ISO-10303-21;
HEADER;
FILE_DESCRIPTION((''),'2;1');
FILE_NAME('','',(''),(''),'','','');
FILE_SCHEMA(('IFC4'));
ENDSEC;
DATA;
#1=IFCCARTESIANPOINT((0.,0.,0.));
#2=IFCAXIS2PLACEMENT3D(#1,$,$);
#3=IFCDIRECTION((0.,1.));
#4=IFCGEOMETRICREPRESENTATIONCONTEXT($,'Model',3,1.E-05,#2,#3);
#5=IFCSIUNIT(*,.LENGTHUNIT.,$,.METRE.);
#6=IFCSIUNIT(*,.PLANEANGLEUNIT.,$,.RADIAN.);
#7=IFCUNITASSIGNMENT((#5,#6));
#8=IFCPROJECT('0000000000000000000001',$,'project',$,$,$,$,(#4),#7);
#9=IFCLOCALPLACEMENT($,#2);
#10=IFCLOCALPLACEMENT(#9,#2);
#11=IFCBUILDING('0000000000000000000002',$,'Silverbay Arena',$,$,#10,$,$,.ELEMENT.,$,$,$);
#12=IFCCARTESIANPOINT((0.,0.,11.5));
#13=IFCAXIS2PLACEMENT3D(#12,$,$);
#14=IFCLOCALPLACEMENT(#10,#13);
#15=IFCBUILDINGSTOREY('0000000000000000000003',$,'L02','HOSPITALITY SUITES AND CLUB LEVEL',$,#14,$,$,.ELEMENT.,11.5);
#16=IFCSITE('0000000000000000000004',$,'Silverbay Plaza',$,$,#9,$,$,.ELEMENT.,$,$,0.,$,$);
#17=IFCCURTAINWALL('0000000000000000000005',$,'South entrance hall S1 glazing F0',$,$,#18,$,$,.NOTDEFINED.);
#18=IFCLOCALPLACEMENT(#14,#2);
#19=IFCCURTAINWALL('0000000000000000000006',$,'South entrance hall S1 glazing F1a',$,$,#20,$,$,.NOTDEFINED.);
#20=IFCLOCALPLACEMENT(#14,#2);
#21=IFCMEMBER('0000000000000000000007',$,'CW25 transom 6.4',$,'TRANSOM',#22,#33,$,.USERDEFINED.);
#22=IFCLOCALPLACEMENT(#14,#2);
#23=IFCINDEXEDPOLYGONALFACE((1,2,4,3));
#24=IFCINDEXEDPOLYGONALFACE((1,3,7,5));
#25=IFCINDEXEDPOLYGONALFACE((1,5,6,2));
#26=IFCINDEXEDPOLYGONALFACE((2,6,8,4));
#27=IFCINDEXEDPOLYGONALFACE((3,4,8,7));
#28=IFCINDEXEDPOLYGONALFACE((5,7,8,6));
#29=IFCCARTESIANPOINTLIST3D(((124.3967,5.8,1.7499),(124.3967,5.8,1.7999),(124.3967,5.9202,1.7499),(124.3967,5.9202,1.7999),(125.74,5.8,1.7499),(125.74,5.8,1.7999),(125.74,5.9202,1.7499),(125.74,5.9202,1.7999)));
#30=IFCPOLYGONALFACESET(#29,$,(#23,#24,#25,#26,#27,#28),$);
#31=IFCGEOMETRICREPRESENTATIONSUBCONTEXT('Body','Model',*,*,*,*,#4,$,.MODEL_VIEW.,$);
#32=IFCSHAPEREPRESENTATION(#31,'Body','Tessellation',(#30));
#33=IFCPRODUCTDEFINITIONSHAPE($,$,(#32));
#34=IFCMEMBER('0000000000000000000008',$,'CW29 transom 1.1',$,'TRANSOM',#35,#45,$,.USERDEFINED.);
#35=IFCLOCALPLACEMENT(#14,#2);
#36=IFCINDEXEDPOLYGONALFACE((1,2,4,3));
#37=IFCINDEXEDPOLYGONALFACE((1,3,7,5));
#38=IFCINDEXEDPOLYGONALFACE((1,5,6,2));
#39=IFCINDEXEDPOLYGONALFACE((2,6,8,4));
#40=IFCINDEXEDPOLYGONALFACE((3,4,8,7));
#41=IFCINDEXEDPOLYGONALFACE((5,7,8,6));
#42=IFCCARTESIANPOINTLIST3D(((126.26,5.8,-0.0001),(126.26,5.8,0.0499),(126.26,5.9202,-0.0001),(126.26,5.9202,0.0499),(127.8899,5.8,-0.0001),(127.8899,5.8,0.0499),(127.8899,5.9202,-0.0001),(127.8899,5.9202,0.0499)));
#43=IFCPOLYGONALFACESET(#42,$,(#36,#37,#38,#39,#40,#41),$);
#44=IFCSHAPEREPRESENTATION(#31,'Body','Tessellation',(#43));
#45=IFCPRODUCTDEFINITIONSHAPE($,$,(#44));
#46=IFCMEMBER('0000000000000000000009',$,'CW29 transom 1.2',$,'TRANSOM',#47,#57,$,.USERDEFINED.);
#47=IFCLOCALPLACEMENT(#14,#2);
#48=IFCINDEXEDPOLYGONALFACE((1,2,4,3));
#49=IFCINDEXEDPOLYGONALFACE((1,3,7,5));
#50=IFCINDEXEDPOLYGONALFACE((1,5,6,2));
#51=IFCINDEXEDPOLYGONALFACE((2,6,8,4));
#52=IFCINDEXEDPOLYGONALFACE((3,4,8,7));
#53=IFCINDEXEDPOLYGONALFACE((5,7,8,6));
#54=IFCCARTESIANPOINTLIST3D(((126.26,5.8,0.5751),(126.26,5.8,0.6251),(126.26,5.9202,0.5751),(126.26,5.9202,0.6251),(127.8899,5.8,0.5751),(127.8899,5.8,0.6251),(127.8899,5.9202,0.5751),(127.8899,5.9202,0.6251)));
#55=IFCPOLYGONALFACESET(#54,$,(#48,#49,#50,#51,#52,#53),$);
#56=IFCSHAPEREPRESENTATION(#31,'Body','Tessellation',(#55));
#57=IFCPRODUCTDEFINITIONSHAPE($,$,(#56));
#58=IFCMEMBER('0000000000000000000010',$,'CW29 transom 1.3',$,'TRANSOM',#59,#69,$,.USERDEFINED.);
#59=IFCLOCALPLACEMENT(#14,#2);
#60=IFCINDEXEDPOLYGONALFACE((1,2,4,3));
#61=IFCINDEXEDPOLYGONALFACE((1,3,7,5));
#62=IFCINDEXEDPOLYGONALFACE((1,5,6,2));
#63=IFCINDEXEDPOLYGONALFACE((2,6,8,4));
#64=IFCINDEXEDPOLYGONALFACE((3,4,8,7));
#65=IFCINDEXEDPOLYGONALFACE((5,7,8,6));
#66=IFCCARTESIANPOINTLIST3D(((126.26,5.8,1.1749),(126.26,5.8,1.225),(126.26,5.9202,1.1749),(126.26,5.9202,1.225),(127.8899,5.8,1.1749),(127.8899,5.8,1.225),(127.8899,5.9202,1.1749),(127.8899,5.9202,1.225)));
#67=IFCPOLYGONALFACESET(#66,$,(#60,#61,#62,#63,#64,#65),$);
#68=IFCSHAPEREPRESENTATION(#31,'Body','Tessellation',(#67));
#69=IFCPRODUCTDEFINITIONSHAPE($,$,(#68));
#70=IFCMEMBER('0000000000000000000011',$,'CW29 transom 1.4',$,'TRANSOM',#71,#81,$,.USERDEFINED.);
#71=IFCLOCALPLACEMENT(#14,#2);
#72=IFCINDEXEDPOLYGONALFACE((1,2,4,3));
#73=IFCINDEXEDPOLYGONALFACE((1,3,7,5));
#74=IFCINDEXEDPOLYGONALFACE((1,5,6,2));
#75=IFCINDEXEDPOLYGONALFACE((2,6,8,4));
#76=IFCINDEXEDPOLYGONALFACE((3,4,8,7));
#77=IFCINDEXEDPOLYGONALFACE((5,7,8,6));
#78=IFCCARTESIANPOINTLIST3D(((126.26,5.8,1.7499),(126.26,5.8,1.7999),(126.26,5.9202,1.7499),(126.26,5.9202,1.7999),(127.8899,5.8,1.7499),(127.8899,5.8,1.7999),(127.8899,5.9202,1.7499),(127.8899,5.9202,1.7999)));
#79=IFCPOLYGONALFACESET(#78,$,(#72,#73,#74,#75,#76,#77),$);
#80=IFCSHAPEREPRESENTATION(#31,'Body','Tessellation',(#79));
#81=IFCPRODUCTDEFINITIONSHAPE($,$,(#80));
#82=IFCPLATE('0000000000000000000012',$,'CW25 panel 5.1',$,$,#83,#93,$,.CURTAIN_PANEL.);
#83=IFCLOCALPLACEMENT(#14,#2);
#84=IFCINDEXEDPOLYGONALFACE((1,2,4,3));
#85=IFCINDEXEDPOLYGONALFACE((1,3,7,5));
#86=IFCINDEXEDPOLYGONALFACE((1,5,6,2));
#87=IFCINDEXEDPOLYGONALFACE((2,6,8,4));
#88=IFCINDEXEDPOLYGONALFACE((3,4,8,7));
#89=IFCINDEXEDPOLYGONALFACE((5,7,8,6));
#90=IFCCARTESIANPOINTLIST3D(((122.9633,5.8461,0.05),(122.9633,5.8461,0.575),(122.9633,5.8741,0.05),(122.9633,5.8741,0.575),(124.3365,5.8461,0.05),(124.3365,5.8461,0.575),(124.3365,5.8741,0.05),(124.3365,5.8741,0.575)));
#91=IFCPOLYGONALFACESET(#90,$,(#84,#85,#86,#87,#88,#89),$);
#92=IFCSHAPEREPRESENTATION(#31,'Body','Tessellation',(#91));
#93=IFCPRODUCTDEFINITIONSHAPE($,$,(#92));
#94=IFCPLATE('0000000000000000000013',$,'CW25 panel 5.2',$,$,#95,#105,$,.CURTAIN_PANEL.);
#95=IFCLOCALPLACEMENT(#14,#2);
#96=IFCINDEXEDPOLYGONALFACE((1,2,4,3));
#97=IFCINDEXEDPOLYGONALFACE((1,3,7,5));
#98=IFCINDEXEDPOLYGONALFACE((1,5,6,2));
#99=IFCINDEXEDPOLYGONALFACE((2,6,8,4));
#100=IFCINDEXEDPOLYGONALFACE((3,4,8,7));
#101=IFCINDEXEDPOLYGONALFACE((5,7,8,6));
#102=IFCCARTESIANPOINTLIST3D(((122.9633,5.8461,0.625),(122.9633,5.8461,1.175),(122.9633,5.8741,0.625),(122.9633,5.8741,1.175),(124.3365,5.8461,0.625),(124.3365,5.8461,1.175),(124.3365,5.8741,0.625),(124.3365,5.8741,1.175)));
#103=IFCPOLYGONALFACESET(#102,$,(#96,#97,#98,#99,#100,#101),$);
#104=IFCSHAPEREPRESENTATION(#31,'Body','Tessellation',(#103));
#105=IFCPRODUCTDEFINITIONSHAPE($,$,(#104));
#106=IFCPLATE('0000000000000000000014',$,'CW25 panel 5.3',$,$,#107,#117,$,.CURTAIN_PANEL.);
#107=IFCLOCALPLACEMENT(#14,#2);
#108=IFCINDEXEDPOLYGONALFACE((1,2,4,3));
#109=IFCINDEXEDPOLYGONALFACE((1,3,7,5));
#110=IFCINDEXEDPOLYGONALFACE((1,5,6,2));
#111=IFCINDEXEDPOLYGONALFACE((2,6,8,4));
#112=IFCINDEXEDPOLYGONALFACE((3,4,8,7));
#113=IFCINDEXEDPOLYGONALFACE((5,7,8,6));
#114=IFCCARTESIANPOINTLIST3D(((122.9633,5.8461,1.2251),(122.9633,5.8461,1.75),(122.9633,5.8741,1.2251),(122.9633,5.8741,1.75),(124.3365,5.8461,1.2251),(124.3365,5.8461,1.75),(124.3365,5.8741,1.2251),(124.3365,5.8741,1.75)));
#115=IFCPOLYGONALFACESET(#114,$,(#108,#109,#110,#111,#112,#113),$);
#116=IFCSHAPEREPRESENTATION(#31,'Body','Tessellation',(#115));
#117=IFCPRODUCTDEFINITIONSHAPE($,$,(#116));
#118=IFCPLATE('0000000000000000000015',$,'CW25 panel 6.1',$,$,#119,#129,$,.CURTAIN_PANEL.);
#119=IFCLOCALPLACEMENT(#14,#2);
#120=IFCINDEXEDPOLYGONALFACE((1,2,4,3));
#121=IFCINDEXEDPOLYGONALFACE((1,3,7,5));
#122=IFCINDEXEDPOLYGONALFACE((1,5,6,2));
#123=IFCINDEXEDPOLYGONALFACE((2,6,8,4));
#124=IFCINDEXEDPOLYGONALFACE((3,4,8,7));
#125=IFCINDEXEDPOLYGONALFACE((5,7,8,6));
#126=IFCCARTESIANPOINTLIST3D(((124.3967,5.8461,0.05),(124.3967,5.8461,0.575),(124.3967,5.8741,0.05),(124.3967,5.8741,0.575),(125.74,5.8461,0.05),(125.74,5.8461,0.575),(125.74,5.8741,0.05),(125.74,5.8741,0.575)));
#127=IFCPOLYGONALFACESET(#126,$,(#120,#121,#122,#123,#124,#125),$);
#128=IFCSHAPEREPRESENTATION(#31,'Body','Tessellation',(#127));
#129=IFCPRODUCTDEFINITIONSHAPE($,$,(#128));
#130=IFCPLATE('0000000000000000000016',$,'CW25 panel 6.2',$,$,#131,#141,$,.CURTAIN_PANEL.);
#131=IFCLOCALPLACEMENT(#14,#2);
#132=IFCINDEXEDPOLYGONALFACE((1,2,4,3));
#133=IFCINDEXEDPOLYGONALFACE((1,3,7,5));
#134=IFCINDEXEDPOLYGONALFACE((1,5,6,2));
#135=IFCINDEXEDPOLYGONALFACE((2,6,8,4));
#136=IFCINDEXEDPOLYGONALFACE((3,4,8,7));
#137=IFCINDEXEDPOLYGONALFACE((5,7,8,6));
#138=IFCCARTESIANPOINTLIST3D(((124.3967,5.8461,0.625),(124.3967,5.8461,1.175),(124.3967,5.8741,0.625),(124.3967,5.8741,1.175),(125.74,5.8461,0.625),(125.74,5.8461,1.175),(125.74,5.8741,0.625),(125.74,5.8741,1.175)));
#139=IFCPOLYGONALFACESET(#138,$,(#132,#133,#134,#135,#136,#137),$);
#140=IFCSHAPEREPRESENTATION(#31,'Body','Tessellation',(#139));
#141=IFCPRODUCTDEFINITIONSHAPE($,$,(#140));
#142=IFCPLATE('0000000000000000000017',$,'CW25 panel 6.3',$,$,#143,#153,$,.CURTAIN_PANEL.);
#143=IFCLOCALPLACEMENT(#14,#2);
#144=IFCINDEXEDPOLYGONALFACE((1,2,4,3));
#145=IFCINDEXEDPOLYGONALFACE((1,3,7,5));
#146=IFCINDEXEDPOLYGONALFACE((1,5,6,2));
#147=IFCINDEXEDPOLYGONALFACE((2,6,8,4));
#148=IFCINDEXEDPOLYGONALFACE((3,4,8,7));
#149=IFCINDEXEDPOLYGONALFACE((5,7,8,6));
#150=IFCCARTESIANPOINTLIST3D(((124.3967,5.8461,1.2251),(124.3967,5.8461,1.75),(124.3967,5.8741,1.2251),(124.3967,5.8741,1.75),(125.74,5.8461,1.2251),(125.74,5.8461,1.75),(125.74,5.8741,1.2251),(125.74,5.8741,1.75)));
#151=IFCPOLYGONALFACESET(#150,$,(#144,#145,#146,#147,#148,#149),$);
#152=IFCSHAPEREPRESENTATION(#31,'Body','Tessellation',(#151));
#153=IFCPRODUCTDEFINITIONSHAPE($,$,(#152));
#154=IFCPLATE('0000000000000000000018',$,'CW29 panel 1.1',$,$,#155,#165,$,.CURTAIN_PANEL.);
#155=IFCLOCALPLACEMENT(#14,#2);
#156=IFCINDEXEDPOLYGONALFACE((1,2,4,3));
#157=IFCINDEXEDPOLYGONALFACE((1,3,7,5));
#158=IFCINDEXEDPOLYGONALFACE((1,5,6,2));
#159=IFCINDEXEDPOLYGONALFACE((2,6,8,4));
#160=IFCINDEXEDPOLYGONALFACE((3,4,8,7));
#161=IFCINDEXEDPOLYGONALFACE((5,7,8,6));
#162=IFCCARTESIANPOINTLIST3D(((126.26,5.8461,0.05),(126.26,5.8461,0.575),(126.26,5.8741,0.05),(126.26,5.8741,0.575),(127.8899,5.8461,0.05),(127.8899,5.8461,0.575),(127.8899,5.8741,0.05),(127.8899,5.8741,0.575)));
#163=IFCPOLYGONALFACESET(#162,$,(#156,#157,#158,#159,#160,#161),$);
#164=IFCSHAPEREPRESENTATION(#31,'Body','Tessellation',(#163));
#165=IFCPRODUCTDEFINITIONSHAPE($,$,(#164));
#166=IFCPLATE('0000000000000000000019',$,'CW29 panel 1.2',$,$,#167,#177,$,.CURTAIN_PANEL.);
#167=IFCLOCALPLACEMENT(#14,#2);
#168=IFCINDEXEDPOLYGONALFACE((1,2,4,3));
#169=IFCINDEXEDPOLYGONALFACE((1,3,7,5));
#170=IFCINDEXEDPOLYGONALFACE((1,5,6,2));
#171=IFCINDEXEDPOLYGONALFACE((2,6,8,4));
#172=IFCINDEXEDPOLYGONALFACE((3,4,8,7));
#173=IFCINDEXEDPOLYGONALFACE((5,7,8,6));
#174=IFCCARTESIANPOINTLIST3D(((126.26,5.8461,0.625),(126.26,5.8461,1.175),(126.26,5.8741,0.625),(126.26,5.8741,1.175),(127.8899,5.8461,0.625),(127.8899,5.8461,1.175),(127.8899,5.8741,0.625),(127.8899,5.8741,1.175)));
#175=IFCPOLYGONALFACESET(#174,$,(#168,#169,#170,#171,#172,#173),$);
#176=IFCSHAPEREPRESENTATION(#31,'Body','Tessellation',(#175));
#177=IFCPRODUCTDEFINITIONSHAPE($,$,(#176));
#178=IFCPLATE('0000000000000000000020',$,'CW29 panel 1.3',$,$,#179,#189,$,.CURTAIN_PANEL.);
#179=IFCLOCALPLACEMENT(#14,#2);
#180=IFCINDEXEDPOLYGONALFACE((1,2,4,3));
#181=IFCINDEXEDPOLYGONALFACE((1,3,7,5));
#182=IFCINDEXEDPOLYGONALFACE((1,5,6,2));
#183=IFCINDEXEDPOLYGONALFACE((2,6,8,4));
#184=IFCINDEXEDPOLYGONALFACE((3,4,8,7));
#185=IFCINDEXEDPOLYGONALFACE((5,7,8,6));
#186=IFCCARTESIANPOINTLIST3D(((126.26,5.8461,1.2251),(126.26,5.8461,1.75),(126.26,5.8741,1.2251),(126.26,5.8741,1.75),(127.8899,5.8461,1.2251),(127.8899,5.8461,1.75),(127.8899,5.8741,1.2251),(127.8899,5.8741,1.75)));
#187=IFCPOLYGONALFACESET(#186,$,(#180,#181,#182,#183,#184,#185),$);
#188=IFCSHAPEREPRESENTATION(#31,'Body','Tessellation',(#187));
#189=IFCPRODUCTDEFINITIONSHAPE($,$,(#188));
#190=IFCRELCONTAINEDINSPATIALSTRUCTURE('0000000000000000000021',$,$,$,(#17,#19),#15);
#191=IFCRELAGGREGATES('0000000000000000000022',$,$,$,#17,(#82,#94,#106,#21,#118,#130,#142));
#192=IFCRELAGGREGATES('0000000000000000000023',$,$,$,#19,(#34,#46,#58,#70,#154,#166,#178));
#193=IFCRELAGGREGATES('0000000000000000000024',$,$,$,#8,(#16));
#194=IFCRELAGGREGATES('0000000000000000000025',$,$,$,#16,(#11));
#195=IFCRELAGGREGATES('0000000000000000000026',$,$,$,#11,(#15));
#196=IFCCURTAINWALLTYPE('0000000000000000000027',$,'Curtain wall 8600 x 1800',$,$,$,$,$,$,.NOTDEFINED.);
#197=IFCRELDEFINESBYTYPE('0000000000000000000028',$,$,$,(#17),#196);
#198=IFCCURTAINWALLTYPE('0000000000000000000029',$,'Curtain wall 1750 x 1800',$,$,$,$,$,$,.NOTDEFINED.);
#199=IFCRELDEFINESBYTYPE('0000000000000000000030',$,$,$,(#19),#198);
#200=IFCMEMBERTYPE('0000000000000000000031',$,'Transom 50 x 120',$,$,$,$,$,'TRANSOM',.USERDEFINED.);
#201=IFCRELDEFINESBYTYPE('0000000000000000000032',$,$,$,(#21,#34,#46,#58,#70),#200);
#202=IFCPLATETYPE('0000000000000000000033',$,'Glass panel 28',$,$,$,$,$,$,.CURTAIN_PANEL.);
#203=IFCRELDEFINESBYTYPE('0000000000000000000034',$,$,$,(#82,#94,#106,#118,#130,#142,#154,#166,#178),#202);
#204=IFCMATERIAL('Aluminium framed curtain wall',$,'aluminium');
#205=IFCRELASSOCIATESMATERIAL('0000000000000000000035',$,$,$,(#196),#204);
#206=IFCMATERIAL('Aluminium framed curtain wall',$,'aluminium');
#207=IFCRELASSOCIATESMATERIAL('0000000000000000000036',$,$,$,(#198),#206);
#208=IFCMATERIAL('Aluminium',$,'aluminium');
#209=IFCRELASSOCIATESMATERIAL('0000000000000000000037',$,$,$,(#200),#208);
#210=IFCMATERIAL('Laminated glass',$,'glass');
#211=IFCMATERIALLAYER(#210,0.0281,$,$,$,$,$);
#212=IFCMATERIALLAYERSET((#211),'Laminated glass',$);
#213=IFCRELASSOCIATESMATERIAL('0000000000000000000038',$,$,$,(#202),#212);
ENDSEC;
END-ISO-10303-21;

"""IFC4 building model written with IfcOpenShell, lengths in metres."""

from ifc_helpers import new_model, si_unit, direction, frame, origin, origin_2d, place, context, subcontext, project, spatial, rectangle, extrude, material, layer, layer_set, material_profile, profile_set, type_object, element, aggregate, save


model = new_model("IFC4")

# Units and contexts
model_context = context("Model", 3, precision=1e-05, world=origin(), true_north=direction((0.0, 1.0)))
body_context = subcontext(model_context, "Body", "Model", "MODEL_VIEW")
ifc_project = project(units=[si_unit("LENGTHUNIT", "METRE"), si_unit("PLANEANGLEUNIT", "RADIAN")], contexts=[model_context])

# Site, building, storey
site_placement = place(None, origin())
site = spatial("IfcSite", under=ifc_project, at=site_placement, Name="Silverbay Plaza", CompositionType="ELEMENT", RefElevation=0.0)
building_placement = place(site_placement, origin())
building = spatial("IfcBuilding", under=site, at=building_placement, Name="Silverbay Arena", CompositionType="ELEMENT")
storey_placement = place(building_placement, frame((0.0, 0.0, 11.5)))
storey = spatial("IfcBuildingStorey", under=building, at=storey_placement, Name="L02", Description="HOSPITALITY SUITES AND CLUB LEVEL", CompositionType="ELEMENT", Elevation=11.5)

# Curtain walls
ifc_material_1 = material(Name="Aluminium framed curtain wall", Category="aluminium")
curtain_wall_type_1 = type_object("IfcCurtainWallType", Name="Curtain wall 8600 x 1800", PredefinedType="NOTDEFINED", material=ifc_material_1)
curtain_wall_1_placement = place(storey_placement, origin())
curtain_wall_1 = element("IfcCurtainWall", 1, at=curtain_wall_1_placement, inside=storey, type_object=curtain_wall_type_1, Name="South entrance hall S1 glazing F0", PredefinedType="NOTDEFINED")
ifc_material_2 = material(Name="Aluminium framed curtain wall", Category="aluminium")
curtain_wall_type_2 = type_object("IfcCurtainWallType", Name="Curtain wall 1750 x 1800", PredefinedType="NOTDEFINED", material=ifc_material_2)
curtain_wall_2_placement = place(storey_placement, origin())
curtain_wall_2 = element("IfcCurtainWall", 2, at=curtain_wall_2_placement, inside=storey, type_object=curtain_wall_type_2, Name="South entrance hall S1 glazing F1a", PredefinedType="NOTDEFINED")

# Members
ifc_material_3 = material(Name="Aluminium", Category="aluminium")
ifc_material_profile_1 = material_profile(ifc_material_3, rectangle(XDim=0.1201, YDim=0.05, at=origin_2d()), Name="Transom 50 x 120")
ifc_profile_set_1 = profile_set([ifc_material_profile_1], Name="Aluminium")
member_type_1 = type_object("IfcMemberType", Name="Transom 50 x 120", ElementType="TRANSOM", PredefinedType="USERDEFINED", material=ifc_profile_set_1)
member_1_placement = place(storey_placement, frame((124.3967, 5.8601, 1.7749), z_axis=(1.0, 0.0, 0.0), x_axis=(0.0, 1.0, 0.0)))
member_1 = element("IfcMember", 3, at=member_1_placement, type_object=member_type_1, Name="CW25 transom 6.4", ObjectType="TRANSOM", PredefinedType="USERDEFINED", context=body_context, shape_type="SweptSolid", body=[
    extrude(rectangle(XDim=0.1201, YDim=0.05, at=origin_2d()), origin(), (0.0, 0.0, 1.0), 1.3433),
])
member_2_placement = place(storey_placement, frame((126.26, 5.8601, 0.0249), z_axis=(1.0, 0.0, 0.0), x_axis=(0.0, 1.0, 0.0)))
member_2 = element("IfcMember", 4, at=member_2_placement, type_object=member_type_1, Name="CW29 transom 1.1", ObjectType="TRANSOM", PredefinedType="USERDEFINED", context=body_context, shape_type="SweptSolid", body=[
    extrude(rectangle(XDim=0.1201, YDim=0.05, at=origin_2d()), origin(), (0.0, 0.0, 1.0), 1.6299),
])
member_3_placement = place(storey_placement, frame((126.26, 5.8601, 0.6001), z_axis=(1.0, 0.0, 0.0), x_axis=(0.0, 1.0, 0.0)))
member_3 = element("IfcMember", 5, at=member_3_placement, type_object=member_type_1, Name="CW29 transom 1.2", ObjectType="TRANSOM", PredefinedType="USERDEFINED", context=body_context, shape_type="SweptSolid", body=[
    extrude(rectangle(XDim=0.1201, YDim=0.05, at=origin_2d()), origin(), (0.0, 0.0, 1.0), 1.6299),
])
member_4_placement = place(storey_placement, frame((126.26, 5.8601, 1.2), z_axis=(1.0, 0.0, 0.0), x_axis=(0.0, 1.0, 0.0)))
member_4 = element("IfcMember", 6, at=member_4_placement, type_object=member_type_1, Name="CW29 transom 1.3", ObjectType="TRANSOM", PredefinedType="USERDEFINED", context=body_context, shape_type="SweptSolid", body=[
    extrude(rectangle(XDim=0.1201, YDim=0.05, at=origin_2d()), origin(), (0.0, 0.0, 1.0), 1.6299),
])
member_5_placement = place(storey_placement, frame((126.26, 5.8601, 1.7749), z_axis=(1.0, 0.0, 0.0), x_axis=(0.0, 1.0, 0.0)))
member_5 = element("IfcMember", 7, at=member_5_placement, type_object=member_type_1, Name="CW29 transom 1.4", ObjectType="TRANSOM", PredefinedType="USERDEFINED", context=body_context, shape_type="SweptSolid", body=[
    extrude(rectangle(XDim=0.1201, YDim=0.05, at=origin_2d()), origin(), (0.0, 0.0, 1.0), 1.6299),
])

# Plates
ifc_material_4 = material(Name="Laminated glass", Category="glass")
ifc_layer = layer(ifc_material_4, 0.0281)
ifc_layer_set = layer_set([ifc_layer], Name="Laminated glass")
plate_type = type_object("IfcPlateType", Name="Glass panel 28", PredefinedType="CURTAIN_PANEL", material=ifc_layer_set)
plate_1_placement = place(storey_placement, frame((123.6499, 5.8601, 0.05), z_axis=(0.0, 0.0, 1.0), x_axis=(1.0, 0.0, 0.0)))
plate_1 = element("IfcPlate", 8, at=plate_1_placement, type_object=plate_type, Name="CW25 panel 5.1", PredefinedType="CURTAIN_PANEL", context=body_context, shape_type="SweptSolid", body=[
    extrude(rectangle(XDim=1.3733, YDim=0.0281, at=origin_2d()), origin(), (0.0, 0.0, 1.0), 0.5249),
])
plate_2_placement = place(storey_placement, frame((123.6499, 5.8601, 0.625), z_axis=(0.0, 0.0, 1.0), x_axis=(1.0, 0.0, 0.0)))
plate_2 = element("IfcPlate", 9, at=plate_2_placement, type_object=plate_type, Name="CW25 panel 5.2", PredefinedType="CURTAIN_PANEL", context=body_context, shape_type="SweptSolid", body=[
    extrude(rectangle(XDim=1.3733, YDim=0.0281, at=origin_2d()), origin(), (0.0, 0.0, 1.0), 0.55),
])
plate_3_placement = place(storey_placement, frame((123.6499, 5.8601, 1.2251), z_axis=(0.0, 0.0, 1.0), x_axis=(1.0, 0.0, 0.0)))
plate_3 = element("IfcPlate", 10, at=plate_3_placement, type_object=plate_type, Name="CW25 panel 5.3", PredefinedType="CURTAIN_PANEL", context=body_context, shape_type="SweptSolid", body=[
    extrude(rectangle(XDim=1.3733, YDim=0.0281, at=origin_2d()), origin(), (0.0, 0.0, 1.0), 0.5249),
])
plate_4_placement = place(storey_placement, frame((125.0684, 5.8601, 0.05), z_axis=(0.0, 0.0, 1.0), x_axis=(1.0, 0.0, 0.0)))
plate_4 = element("IfcPlate", 11, at=plate_4_placement, type_object=plate_type, Name="CW25 panel 6.1", PredefinedType="CURTAIN_PANEL", context=body_context, shape_type="SweptSolid", body=[
    extrude(rectangle(XDim=1.3433, YDim=0.0281, at=origin_2d()), origin(), (0.0, 0.0, 1.0), 0.5249),
])
plate_5_placement = place(storey_placement, frame((125.0684, 5.8601, 0.625), z_axis=(0.0, 0.0, 1.0), x_axis=(1.0, 0.0, 0.0)))
plate_5 = element("IfcPlate", 12, at=plate_5_placement, type_object=plate_type, Name="CW25 panel 6.2", PredefinedType="CURTAIN_PANEL", context=body_context, shape_type="SweptSolid", body=[
    extrude(rectangle(XDim=1.3433, YDim=0.0281, at=origin_2d()), origin(), (0.0, 0.0, 1.0), 0.55),
])
plate_6_placement = place(storey_placement, frame((125.0684, 5.8601, 1.2251), z_axis=(0.0, 0.0, 1.0), x_axis=(1.0, 0.0, 0.0)))
plate_6 = element("IfcPlate", 13, at=plate_6_placement, type_object=plate_type, Name="CW25 panel 6.3", PredefinedType="CURTAIN_PANEL", context=body_context, shape_type="SweptSolid", body=[
    extrude(rectangle(XDim=1.3433, YDim=0.0281, at=origin_2d()), origin(), (0.0, 0.0, 1.0), 0.5249),
])
aggregate(curtain_wall_1, [plate_1, plate_2, plate_3, member_1, plate_4, plate_5, plate_6])
plate_7_placement = place(storey_placement, frame((127.075, 5.8601, 0.05), z_axis=(0.0, 0.0, 1.0), x_axis=(1.0, 0.0, 0.0)))
plate_7 = element("IfcPlate", 14, at=plate_7_placement, type_object=plate_type, Name="CW29 panel 1.1", PredefinedType="CURTAIN_PANEL", context=body_context, shape_type="SweptSolid", body=[
    extrude(rectangle(XDim=1.6299, YDim=0.0281, at=origin_2d()), origin(), (0.0, 0.0, 1.0), 0.5249),
])
plate_8_placement = place(storey_placement, frame((127.075, 5.8601, 0.625), z_axis=(0.0, 0.0, 1.0), x_axis=(1.0, 0.0, 0.0)))
plate_8 = element("IfcPlate", 15, at=plate_8_placement, type_object=plate_type, Name="CW29 panel 1.2", PredefinedType="CURTAIN_PANEL", context=body_context, shape_type="SweptSolid", body=[
    extrude(rectangle(XDim=1.6299, YDim=0.0281, at=origin_2d()), origin(), (0.0, 0.0, 1.0), 0.55),
])
plate_9_placement = place(storey_placement, frame((127.075, 5.8601, 1.2251), z_axis=(0.0, 0.0, 1.0), x_axis=(1.0, 0.0, 0.0)))
plate_9 = element("IfcPlate", 16, at=plate_9_placement, type_object=plate_type, Name="CW29 panel 1.3", PredefinedType="CURTAIN_PANEL", context=body_context, shape_type="SweptSolid", body=[
    extrude(rectangle(XDim=1.6299, YDim=0.0281, at=origin_2d()), origin(), (0.0, 0.0, 1.0), 0.5249),
])
aggregate(curtain_wall_2, [member_2, member_3, member_4, member_5, plate_7, plate_8, plate_9])

save(model, "model.ifc")
